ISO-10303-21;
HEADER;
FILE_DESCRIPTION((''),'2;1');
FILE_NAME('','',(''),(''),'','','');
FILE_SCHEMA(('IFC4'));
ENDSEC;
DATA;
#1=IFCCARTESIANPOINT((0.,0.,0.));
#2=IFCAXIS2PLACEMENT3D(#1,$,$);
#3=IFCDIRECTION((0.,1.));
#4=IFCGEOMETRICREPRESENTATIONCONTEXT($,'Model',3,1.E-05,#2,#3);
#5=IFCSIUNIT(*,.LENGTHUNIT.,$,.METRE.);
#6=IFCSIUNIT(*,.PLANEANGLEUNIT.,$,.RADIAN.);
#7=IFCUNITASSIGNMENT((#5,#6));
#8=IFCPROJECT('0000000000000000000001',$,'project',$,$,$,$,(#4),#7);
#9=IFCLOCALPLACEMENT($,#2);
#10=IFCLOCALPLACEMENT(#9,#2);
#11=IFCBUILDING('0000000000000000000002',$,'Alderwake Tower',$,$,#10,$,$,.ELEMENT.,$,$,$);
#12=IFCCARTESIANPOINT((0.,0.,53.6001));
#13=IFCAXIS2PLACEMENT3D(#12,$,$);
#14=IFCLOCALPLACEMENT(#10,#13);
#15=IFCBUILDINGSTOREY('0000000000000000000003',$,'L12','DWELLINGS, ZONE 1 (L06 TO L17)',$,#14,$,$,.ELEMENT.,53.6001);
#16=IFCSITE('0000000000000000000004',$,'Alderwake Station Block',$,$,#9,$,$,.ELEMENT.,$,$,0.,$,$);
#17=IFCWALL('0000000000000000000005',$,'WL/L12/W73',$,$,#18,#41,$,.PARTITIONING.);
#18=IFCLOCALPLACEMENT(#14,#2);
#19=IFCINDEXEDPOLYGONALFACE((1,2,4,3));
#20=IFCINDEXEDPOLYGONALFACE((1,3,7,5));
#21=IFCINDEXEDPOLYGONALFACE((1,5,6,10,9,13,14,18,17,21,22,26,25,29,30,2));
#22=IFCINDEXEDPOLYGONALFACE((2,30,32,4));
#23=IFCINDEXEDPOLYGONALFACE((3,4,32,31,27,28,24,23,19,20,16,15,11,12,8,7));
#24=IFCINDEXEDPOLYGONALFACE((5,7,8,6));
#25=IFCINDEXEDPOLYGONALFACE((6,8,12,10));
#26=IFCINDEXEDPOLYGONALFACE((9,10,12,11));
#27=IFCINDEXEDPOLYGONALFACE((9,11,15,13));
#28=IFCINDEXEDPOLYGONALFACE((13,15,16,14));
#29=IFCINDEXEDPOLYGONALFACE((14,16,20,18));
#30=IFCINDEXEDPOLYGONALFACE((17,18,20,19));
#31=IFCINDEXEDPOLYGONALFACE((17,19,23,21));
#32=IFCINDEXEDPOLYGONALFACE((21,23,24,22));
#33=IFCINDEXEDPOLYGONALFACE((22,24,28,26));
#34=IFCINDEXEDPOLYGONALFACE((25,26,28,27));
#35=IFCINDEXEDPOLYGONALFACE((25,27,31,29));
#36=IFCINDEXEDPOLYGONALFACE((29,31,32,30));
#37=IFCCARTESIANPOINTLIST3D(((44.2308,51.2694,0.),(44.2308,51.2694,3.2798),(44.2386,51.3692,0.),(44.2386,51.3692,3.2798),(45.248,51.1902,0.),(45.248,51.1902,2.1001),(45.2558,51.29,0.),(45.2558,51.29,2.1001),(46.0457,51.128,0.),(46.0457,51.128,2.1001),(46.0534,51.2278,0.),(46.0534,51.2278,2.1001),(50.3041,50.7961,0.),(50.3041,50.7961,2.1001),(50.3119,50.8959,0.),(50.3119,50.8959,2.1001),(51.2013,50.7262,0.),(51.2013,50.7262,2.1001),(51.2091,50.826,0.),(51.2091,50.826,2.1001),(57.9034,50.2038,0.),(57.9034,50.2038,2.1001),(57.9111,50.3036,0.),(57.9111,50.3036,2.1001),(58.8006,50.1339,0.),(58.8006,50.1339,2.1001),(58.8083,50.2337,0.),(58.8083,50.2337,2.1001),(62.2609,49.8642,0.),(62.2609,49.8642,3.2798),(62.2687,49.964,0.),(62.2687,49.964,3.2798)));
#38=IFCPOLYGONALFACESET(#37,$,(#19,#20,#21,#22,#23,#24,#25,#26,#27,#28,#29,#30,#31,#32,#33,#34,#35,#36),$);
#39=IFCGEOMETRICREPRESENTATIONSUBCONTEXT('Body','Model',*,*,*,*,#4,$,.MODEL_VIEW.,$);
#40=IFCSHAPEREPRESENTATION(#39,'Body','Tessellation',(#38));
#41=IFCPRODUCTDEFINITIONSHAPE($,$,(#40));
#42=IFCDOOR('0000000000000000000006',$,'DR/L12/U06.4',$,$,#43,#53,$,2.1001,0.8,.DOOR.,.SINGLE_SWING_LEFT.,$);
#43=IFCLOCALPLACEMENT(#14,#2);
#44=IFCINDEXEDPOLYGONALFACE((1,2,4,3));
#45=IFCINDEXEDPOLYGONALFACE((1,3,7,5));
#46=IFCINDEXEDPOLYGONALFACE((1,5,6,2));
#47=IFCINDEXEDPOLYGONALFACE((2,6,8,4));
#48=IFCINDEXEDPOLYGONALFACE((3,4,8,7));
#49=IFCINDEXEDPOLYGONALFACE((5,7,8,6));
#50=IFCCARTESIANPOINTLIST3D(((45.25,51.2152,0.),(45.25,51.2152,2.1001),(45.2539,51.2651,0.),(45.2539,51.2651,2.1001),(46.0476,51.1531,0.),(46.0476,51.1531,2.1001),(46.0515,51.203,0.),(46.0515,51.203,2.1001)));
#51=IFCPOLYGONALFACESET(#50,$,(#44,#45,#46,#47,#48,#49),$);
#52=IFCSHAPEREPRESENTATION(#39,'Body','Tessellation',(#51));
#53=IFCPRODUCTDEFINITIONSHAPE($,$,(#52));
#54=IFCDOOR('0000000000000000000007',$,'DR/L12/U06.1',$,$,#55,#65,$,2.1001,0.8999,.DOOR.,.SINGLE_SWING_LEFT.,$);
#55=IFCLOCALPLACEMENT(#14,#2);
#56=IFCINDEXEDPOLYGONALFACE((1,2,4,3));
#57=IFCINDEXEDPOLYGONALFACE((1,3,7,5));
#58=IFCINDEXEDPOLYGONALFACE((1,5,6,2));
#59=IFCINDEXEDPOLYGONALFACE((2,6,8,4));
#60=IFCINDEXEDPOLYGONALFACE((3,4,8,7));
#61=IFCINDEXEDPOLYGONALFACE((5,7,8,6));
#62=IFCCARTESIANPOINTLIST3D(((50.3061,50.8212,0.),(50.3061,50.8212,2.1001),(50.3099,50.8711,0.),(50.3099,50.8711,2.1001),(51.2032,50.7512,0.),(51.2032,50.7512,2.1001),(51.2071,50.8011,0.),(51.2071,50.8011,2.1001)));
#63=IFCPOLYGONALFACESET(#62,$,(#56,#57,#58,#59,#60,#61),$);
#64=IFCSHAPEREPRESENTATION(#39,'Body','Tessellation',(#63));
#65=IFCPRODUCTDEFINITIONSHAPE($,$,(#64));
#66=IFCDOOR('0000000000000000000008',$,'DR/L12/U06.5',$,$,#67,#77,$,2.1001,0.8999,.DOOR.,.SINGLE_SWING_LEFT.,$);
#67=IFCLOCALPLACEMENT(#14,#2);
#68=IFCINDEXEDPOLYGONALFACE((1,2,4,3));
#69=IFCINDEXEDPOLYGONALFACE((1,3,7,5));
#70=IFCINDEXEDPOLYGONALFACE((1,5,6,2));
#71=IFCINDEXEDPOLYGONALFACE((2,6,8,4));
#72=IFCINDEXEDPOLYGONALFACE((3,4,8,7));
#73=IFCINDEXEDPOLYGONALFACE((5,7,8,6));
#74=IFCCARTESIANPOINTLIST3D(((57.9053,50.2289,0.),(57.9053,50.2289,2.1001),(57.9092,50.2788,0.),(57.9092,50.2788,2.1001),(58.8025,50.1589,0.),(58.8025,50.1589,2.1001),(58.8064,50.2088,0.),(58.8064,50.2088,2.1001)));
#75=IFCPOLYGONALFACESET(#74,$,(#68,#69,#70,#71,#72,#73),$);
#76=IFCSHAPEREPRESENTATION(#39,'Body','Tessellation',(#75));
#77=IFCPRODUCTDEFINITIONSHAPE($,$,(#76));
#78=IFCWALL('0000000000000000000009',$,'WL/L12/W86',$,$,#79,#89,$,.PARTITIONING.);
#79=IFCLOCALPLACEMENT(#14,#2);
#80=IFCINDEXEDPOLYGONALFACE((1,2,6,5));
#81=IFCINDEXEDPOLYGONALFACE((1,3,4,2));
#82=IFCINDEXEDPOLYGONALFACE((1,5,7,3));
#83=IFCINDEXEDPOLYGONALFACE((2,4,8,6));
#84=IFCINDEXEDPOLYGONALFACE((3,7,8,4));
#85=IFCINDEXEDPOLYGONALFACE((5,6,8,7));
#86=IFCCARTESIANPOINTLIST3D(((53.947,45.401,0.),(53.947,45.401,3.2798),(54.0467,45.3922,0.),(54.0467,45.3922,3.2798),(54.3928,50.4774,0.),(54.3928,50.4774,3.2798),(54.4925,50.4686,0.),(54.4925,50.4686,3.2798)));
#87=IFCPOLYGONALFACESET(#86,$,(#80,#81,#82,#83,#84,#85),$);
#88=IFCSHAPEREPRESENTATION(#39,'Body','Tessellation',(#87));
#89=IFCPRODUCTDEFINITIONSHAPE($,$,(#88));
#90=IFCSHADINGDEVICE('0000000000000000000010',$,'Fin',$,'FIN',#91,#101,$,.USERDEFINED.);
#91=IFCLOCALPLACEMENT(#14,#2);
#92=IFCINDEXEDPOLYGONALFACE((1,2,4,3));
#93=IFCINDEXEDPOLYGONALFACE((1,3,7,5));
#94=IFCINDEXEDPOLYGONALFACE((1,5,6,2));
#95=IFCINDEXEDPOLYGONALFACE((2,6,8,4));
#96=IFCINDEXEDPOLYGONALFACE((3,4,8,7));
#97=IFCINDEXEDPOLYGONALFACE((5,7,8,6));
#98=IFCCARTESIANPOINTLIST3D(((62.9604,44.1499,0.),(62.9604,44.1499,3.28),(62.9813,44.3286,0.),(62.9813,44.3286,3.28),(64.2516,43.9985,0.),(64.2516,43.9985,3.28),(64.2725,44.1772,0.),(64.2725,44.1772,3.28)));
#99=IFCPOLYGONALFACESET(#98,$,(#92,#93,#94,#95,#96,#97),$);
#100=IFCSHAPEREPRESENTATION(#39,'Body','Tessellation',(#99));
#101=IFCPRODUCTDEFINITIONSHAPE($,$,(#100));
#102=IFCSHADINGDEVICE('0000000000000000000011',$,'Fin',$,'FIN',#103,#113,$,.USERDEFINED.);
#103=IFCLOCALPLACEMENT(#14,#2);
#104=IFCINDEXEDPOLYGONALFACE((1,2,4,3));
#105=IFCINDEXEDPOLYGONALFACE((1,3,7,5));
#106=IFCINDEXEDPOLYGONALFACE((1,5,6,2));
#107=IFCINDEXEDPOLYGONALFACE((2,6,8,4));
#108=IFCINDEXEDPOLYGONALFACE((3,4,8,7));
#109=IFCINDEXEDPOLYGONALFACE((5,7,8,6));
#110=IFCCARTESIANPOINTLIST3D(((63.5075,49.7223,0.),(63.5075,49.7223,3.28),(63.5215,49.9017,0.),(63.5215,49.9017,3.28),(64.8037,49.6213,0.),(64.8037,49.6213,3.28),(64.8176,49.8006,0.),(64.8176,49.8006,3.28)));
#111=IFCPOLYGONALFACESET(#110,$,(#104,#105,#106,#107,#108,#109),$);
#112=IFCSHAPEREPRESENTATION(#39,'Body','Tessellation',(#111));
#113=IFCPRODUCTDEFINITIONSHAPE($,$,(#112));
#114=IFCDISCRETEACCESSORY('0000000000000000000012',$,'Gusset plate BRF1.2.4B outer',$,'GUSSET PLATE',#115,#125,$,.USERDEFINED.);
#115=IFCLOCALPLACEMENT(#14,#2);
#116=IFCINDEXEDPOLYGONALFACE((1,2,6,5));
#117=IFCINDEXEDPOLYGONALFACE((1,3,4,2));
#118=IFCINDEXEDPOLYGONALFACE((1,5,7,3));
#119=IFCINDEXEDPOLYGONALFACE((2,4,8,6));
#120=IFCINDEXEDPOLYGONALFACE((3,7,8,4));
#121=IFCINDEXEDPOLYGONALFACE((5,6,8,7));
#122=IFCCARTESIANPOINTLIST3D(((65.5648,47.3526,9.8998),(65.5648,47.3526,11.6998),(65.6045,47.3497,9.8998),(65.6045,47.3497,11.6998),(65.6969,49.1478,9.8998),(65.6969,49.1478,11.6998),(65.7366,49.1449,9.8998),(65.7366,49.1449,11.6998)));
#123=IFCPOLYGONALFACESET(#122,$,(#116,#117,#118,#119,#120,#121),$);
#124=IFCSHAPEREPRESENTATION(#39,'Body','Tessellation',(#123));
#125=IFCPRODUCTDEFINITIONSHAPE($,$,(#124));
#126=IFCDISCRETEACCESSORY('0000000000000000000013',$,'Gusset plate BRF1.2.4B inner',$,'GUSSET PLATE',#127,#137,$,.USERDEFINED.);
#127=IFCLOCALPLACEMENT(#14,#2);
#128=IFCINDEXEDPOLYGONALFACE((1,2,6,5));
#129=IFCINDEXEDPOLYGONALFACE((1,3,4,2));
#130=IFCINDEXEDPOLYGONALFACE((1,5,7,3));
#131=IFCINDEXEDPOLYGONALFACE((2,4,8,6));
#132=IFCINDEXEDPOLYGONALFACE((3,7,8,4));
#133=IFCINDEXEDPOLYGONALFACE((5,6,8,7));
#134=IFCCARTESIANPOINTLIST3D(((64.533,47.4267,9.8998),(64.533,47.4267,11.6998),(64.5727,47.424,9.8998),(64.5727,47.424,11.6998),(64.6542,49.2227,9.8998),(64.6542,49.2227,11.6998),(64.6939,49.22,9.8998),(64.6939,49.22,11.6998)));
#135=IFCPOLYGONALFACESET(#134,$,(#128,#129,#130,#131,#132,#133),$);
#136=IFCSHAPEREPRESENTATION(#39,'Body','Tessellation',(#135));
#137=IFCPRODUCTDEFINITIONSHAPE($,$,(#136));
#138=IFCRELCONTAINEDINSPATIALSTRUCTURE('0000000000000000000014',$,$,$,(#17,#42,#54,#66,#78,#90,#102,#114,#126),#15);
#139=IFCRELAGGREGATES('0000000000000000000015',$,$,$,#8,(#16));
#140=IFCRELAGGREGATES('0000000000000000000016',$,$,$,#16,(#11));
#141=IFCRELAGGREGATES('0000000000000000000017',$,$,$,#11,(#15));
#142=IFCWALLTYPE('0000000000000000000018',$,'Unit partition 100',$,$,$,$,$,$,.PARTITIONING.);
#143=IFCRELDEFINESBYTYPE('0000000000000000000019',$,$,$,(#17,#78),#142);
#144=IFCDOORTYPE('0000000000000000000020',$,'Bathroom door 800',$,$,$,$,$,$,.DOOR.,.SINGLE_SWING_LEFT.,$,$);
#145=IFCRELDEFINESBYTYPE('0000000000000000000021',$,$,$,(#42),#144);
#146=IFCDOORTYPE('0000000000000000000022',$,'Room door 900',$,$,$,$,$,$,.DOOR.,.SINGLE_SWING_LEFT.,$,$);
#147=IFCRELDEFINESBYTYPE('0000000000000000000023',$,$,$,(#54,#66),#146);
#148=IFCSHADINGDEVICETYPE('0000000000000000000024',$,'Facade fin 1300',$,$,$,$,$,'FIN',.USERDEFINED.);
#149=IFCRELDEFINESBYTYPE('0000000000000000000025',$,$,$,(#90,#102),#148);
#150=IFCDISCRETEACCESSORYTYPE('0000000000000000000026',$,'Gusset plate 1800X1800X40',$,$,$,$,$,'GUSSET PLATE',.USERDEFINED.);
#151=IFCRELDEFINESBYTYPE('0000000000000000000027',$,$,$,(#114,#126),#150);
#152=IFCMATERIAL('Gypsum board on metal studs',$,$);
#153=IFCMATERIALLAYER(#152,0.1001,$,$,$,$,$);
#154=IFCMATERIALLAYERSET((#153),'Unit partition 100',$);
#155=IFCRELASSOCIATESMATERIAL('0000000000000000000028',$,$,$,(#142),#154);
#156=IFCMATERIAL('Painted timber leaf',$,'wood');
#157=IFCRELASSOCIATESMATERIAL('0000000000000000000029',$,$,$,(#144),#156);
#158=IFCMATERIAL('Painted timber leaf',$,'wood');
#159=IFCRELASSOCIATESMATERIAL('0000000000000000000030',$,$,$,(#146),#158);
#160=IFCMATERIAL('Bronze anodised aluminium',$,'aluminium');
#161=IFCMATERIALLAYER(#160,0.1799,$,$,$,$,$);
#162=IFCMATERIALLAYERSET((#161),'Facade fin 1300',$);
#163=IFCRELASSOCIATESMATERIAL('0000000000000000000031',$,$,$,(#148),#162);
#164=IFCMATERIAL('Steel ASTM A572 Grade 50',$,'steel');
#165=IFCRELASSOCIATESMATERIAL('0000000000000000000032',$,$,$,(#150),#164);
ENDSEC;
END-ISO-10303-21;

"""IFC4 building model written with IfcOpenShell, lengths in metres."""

from ifc_helpers import new_model, si_unit, direction, frame, frame_2d, origin, origin_2d, place, context, subcontext, project, spatial, rectangle, extrude, material, layer, layer_set, material_profile, profile_set, type_object, element, fill, save


model = new_model("IFC4")

# Units and contexts
model_context = context("Model", 3, precision=1e-05, world=origin(), true_north=direction((0.0, 1.0)))
body_context = subcontext(model_context, "Body", "Model", "MODEL_VIEW")
ifc_project = project(units=[si_unit("LENGTHUNIT", "METRE"), si_unit("PLANEANGLEUNIT", "RADIAN")], contexts=[model_context])

# Site, building, storey
site_placement = place(None, origin())
site = spatial("IfcSite", under=ifc_project, at=site_placement, Name="Alderwake Station Block", CompositionType="ELEMENT", RefElevation=0.0)
building_placement = place(site_placement, origin())
building = spatial("IfcBuilding", under=site, at=building_placement, Name="Alderwake Tower", CompositionType="ELEMENT")
storey_placement = place(building_placement, frame((0.0, 0.0, 53.6001)))
storey = spatial("IfcBuildingStorey", under=building, at=storey_placement, Name="L12", Description="DWELLINGS, ZONE 1 (L06 TO L17)", CompositionType="ELEMENT", Elevation=53.6001)

# Wall, openings, doors
ifc_material_1 = material(Name="Gypsum board on metal studs")
ifc_layer_1 = layer(ifc_material_1, 0.1001)
ifc_layer_set_1 = layer_set([ifc_layer_1], Name="Unit partition 100")
wall_type_1 = type_object("IfcWallType", Name="Unit partition 100", PredefinedType="PARTITIONING", material=ifc_layer_set_1)
wall_1_placement = place(storey_placement, frame((62.2649, 49.9141, 0.0), z_axis=(0.0, 0.0, 1.0), x_axis=(-0.996976, 0.077705, 0.0)))
wall_1 = element("IfcWall", 1, at=wall_1_placement, inside=storey, type_object=wall_type_1, Name="WL/L12/W73", PredefinedType="PARTITIONING", context=body_context, shape_type="SweptSolid", body=[
    extrude(rectangle(XDim=18.0847, YDim=0.1001, at=frame_2d((9.0425, 0.0))), origin(), (0.0, 0.0, 1.0), 3.2798),
])
opening_1_placement = place(wall_1_placement, frame((11.0933, 0.0, 0.0)))
opening_1 = element("IfcOpeningElement", 2, at=opening_1_placement, cuts=wall_1, PredefinedType="OPENING", context=body_context, shape_type="SweptSolid", body=[
    extrude(rectangle(XDim=0.8999, YDim=2.1001, at=frame_2d((0.45, 1.05))), frame((0.0, 0.0601, 0.0), z_axis=(0.0, -1.0, 0.0), x_axis=(1.0, 0.0, 0.0)), (0.0, 0.0, 1.0), 0.1201),
])
opening_2_placement = place(wall_1_placement, frame((16.2646, 0.0, 0.0)))
opening_2 = element("IfcOpeningElement", 3, at=opening_2_placement, cuts=wall_1, PredefinedType="OPENING", context=body_context, shape_type="SweptSolid", body=[
    extrude(rectangle(XDim=0.8, YDim=2.1001, at=frame_2d((0.3999, 1.05))), frame((0.0, 0.0601, 0.0), z_axis=(0.0, -1.0, 0.0), x_axis=(1.0, 0.0, 0.0)), (0.0, 0.0, 1.0), 0.1201),
])
opening_3_placement = place(wall_1_placement, frame((3.4709, 0.0, 0.0)))
opening_3 = element("IfcOpeningElement", 4, at=opening_3_placement, cuts=wall_1, PredefinedType="OPENING", context=body_context, shape_type="SweptSolid", body=[
    extrude(rectangle(XDim=0.8999, YDim=2.1001, at=frame_2d((0.45, 1.05))), frame((0.0, 0.0601, 0.0), z_axis=(0.0, -1.0, 0.0), x_axis=(1.0, 0.0, 0.0)), (0.0, 0.0, 1.0), 0.1201),
])
ifc_material_2 = material(Name="Painted timber leaf", Category="wood")
door_type_1 = type_object("IfcDoorType", Name="Bathroom door 800", OperationType="SINGLE_SWING_LEFT", PredefinedType="DOOR", material=ifc_material_2)
door_1_placement = place(opening_2_placement, origin())
door_1 = element("IfcDoor", 5, at=door_1_placement, inside=storey, type_object=door_type_1, Name="DR/L12/U06.4", OperationType="SINGLE_SWING_LEFT", OverallHeight=2.1001, OverallWidth=0.8, PredefinedType="DOOR", context=body_context, shape_type="SweptSolid", body=[
    extrude(rectangle(XDim=0.8, YDim=2.1001, at=frame_2d((0.3999, 1.05))), frame((0.0, 0.0249, 0.0), z_axis=(0.0, -1.0, 0.0), x_axis=(1.0, 0.0, 0.0)), (0.0, 0.0, 1.0), 0.05),
])
fill(opening_2, door_1)
ifc_material_3 = material(Name="Painted timber leaf", Category="wood")
door_type_2 = type_object("IfcDoorType", Name="Room door 900", OperationType="SINGLE_SWING_LEFT", PredefinedType="DOOR", material=ifc_material_3)
door_2_placement = place(opening_1_placement, origin())
door_2 = element("IfcDoor", 6, at=door_2_placement, inside=storey, type_object=door_type_2, Name="DR/L12/U06.1", OperationType="SINGLE_SWING_LEFT", OverallHeight=2.1001, OverallWidth=0.8999, PredefinedType="DOOR", context=body_context, shape_type="SweptSolid", body=[
    extrude(rectangle(XDim=0.8999, YDim=2.1001, at=frame_2d((0.45, 1.05))), frame((0.0, 0.0249, 0.0), z_axis=(0.0, -1.0, 0.0), x_axis=(1.0, 0.0, 0.0)), (0.0, 0.0, 1.0), 0.05),
])
fill(opening_1, door_2)
door_3_placement = place(opening_3_placement, origin())
door_3 = element("IfcDoor", 7, at=door_3_placement, inside=storey, type_object=door_type_2, Name="DR/L12/U06.5", OperationType="SINGLE_SWING_LEFT", OverallHeight=2.1001, OverallWidth=0.8999, PredefinedType="DOOR", context=body_context, shape_type="SweptSolid", body=[
    extrude(rectangle(XDim=0.8999, YDim=2.1001, at=frame_2d((0.45, 1.05))), frame((0.0, 0.0249, 0.0), z_axis=(0.0, -1.0, 0.0), x_axis=(1.0, 0.0, 0.0)), (0.0, 0.0, 1.0), 0.05),
])
fill(opening_3, door_3)

# Wall
wall_2_placement = place(storey_placement, frame((53.9968, 45.3967, 0.0), z_axis=(0.0, 0.0, 1.0), x_axis=(0.087481, 0.996166, 0.0)))
element("IfcWall", 8, at=wall_2_placement, inside=storey, type_object=wall_type_1, Name="WL/L12/W86", PredefinedType="PARTITIONING", context=body_context, shape_type="SweptSolid", body=[
    extrude(rectangle(XDim=5.0959, YDim=0.1001, at=frame_2d((2.5479, 0.0))), origin(), (0.0, 0.0, 1.0), 3.2798),
])

# Shading devices
ifc_material_4 = material(Name="Bronze anodised aluminium", Category="aluminium")
ifc_layer_2 = layer(ifc_material_4, 0.1799)
ifc_layer_set_2 = layer_set([ifc_layer_2], Name="Facade fin 1300")
shading_device_type = type_object("IfcShadingDeviceType", Name="Facade fin 1300", ElementType="FIN", PredefinedType="USERDEFINED", material=ifc_layer_set_2)
for number, where, z_axis, x_axis, name in (
    (9, (63.6165, 44.1636, 0.0), (0.0, 0.0, 1.0), (0.993198, -0.116435, 0.0), "Fin"),
    (10, (64.1626, 49.7615, 0.0), (0.0, 0.0, 1.0), (0.996975, -0.077721, 0.0), "Fin"),
):
    element("IfcShadingDevice", number, at=place(storey_placement, frame(where, z_axis=z_axis, x_axis=x_axis)), inside=storey, type_object=shading_device_type, Name=name, ObjectType="FIN", PredefinedType="USERDEFINED", context=body_context, shape_type="SweptSolid", body=[
        extrude(rectangle(XDim=1.3, YDim=0.1799, at=origin_2d()), origin(), (0.0, 0.0, 1.0), 3.28),
    ])

# Discrete accessories
ifc_material_5 = material(Name="Steel ASTM A572 Grade 50", Category="steel")
ifc_material_profile_1 = material_profile(ifc_material_5, rectangle(XDim=1.8, YDim=1.8, at=origin_2d()), Name="gusset 1800X1800")
ifc_profile_set_1 = profile_set([ifc_material_profile_1], Name="Steel ASTM A572 Grade 50")
discrete_accessory_type = type_object("IfcDiscreteAccessoryType", Name="Gusset plate 1800X1800X40", ElementType="GUSSET PLATE", PredefinedType="USERDEFINED", material=ifc_profile_set_1)
for number, where, z_axis, x_axis, name in (
    (11, (65.6309, 48.2502, 10.7998), (0.997301, -0.073421, 0.0), (0.073421, 0.997301, 0.0), "Gusset plate BRF1.2.4B outer"),
    (12, (64.6333, 48.322, 10.7998), (-0.997731, 0.067332, 0.0), (-0.067332, -0.997731, 0.0), "Gusset plate BRF1.2.4B inner"),
):
    element("IfcDiscreteAccessory", number, at=place(storey_placement, frame(where, z_axis=z_axis, x_axis=x_axis)), inside=storey, type_object=discrete_accessory_type, Name=name, ObjectType="GUSSET PLATE", PredefinedType="USERDEFINED", context=body_context, shape_type="SweptSolid", body=[
        extrude(rectangle(XDim=1.8, YDim=1.8, at=origin_2d()), origin(), (0.0, 0.0, 1.0), 0.0398),
    ])

save(model, "model.ifc")
